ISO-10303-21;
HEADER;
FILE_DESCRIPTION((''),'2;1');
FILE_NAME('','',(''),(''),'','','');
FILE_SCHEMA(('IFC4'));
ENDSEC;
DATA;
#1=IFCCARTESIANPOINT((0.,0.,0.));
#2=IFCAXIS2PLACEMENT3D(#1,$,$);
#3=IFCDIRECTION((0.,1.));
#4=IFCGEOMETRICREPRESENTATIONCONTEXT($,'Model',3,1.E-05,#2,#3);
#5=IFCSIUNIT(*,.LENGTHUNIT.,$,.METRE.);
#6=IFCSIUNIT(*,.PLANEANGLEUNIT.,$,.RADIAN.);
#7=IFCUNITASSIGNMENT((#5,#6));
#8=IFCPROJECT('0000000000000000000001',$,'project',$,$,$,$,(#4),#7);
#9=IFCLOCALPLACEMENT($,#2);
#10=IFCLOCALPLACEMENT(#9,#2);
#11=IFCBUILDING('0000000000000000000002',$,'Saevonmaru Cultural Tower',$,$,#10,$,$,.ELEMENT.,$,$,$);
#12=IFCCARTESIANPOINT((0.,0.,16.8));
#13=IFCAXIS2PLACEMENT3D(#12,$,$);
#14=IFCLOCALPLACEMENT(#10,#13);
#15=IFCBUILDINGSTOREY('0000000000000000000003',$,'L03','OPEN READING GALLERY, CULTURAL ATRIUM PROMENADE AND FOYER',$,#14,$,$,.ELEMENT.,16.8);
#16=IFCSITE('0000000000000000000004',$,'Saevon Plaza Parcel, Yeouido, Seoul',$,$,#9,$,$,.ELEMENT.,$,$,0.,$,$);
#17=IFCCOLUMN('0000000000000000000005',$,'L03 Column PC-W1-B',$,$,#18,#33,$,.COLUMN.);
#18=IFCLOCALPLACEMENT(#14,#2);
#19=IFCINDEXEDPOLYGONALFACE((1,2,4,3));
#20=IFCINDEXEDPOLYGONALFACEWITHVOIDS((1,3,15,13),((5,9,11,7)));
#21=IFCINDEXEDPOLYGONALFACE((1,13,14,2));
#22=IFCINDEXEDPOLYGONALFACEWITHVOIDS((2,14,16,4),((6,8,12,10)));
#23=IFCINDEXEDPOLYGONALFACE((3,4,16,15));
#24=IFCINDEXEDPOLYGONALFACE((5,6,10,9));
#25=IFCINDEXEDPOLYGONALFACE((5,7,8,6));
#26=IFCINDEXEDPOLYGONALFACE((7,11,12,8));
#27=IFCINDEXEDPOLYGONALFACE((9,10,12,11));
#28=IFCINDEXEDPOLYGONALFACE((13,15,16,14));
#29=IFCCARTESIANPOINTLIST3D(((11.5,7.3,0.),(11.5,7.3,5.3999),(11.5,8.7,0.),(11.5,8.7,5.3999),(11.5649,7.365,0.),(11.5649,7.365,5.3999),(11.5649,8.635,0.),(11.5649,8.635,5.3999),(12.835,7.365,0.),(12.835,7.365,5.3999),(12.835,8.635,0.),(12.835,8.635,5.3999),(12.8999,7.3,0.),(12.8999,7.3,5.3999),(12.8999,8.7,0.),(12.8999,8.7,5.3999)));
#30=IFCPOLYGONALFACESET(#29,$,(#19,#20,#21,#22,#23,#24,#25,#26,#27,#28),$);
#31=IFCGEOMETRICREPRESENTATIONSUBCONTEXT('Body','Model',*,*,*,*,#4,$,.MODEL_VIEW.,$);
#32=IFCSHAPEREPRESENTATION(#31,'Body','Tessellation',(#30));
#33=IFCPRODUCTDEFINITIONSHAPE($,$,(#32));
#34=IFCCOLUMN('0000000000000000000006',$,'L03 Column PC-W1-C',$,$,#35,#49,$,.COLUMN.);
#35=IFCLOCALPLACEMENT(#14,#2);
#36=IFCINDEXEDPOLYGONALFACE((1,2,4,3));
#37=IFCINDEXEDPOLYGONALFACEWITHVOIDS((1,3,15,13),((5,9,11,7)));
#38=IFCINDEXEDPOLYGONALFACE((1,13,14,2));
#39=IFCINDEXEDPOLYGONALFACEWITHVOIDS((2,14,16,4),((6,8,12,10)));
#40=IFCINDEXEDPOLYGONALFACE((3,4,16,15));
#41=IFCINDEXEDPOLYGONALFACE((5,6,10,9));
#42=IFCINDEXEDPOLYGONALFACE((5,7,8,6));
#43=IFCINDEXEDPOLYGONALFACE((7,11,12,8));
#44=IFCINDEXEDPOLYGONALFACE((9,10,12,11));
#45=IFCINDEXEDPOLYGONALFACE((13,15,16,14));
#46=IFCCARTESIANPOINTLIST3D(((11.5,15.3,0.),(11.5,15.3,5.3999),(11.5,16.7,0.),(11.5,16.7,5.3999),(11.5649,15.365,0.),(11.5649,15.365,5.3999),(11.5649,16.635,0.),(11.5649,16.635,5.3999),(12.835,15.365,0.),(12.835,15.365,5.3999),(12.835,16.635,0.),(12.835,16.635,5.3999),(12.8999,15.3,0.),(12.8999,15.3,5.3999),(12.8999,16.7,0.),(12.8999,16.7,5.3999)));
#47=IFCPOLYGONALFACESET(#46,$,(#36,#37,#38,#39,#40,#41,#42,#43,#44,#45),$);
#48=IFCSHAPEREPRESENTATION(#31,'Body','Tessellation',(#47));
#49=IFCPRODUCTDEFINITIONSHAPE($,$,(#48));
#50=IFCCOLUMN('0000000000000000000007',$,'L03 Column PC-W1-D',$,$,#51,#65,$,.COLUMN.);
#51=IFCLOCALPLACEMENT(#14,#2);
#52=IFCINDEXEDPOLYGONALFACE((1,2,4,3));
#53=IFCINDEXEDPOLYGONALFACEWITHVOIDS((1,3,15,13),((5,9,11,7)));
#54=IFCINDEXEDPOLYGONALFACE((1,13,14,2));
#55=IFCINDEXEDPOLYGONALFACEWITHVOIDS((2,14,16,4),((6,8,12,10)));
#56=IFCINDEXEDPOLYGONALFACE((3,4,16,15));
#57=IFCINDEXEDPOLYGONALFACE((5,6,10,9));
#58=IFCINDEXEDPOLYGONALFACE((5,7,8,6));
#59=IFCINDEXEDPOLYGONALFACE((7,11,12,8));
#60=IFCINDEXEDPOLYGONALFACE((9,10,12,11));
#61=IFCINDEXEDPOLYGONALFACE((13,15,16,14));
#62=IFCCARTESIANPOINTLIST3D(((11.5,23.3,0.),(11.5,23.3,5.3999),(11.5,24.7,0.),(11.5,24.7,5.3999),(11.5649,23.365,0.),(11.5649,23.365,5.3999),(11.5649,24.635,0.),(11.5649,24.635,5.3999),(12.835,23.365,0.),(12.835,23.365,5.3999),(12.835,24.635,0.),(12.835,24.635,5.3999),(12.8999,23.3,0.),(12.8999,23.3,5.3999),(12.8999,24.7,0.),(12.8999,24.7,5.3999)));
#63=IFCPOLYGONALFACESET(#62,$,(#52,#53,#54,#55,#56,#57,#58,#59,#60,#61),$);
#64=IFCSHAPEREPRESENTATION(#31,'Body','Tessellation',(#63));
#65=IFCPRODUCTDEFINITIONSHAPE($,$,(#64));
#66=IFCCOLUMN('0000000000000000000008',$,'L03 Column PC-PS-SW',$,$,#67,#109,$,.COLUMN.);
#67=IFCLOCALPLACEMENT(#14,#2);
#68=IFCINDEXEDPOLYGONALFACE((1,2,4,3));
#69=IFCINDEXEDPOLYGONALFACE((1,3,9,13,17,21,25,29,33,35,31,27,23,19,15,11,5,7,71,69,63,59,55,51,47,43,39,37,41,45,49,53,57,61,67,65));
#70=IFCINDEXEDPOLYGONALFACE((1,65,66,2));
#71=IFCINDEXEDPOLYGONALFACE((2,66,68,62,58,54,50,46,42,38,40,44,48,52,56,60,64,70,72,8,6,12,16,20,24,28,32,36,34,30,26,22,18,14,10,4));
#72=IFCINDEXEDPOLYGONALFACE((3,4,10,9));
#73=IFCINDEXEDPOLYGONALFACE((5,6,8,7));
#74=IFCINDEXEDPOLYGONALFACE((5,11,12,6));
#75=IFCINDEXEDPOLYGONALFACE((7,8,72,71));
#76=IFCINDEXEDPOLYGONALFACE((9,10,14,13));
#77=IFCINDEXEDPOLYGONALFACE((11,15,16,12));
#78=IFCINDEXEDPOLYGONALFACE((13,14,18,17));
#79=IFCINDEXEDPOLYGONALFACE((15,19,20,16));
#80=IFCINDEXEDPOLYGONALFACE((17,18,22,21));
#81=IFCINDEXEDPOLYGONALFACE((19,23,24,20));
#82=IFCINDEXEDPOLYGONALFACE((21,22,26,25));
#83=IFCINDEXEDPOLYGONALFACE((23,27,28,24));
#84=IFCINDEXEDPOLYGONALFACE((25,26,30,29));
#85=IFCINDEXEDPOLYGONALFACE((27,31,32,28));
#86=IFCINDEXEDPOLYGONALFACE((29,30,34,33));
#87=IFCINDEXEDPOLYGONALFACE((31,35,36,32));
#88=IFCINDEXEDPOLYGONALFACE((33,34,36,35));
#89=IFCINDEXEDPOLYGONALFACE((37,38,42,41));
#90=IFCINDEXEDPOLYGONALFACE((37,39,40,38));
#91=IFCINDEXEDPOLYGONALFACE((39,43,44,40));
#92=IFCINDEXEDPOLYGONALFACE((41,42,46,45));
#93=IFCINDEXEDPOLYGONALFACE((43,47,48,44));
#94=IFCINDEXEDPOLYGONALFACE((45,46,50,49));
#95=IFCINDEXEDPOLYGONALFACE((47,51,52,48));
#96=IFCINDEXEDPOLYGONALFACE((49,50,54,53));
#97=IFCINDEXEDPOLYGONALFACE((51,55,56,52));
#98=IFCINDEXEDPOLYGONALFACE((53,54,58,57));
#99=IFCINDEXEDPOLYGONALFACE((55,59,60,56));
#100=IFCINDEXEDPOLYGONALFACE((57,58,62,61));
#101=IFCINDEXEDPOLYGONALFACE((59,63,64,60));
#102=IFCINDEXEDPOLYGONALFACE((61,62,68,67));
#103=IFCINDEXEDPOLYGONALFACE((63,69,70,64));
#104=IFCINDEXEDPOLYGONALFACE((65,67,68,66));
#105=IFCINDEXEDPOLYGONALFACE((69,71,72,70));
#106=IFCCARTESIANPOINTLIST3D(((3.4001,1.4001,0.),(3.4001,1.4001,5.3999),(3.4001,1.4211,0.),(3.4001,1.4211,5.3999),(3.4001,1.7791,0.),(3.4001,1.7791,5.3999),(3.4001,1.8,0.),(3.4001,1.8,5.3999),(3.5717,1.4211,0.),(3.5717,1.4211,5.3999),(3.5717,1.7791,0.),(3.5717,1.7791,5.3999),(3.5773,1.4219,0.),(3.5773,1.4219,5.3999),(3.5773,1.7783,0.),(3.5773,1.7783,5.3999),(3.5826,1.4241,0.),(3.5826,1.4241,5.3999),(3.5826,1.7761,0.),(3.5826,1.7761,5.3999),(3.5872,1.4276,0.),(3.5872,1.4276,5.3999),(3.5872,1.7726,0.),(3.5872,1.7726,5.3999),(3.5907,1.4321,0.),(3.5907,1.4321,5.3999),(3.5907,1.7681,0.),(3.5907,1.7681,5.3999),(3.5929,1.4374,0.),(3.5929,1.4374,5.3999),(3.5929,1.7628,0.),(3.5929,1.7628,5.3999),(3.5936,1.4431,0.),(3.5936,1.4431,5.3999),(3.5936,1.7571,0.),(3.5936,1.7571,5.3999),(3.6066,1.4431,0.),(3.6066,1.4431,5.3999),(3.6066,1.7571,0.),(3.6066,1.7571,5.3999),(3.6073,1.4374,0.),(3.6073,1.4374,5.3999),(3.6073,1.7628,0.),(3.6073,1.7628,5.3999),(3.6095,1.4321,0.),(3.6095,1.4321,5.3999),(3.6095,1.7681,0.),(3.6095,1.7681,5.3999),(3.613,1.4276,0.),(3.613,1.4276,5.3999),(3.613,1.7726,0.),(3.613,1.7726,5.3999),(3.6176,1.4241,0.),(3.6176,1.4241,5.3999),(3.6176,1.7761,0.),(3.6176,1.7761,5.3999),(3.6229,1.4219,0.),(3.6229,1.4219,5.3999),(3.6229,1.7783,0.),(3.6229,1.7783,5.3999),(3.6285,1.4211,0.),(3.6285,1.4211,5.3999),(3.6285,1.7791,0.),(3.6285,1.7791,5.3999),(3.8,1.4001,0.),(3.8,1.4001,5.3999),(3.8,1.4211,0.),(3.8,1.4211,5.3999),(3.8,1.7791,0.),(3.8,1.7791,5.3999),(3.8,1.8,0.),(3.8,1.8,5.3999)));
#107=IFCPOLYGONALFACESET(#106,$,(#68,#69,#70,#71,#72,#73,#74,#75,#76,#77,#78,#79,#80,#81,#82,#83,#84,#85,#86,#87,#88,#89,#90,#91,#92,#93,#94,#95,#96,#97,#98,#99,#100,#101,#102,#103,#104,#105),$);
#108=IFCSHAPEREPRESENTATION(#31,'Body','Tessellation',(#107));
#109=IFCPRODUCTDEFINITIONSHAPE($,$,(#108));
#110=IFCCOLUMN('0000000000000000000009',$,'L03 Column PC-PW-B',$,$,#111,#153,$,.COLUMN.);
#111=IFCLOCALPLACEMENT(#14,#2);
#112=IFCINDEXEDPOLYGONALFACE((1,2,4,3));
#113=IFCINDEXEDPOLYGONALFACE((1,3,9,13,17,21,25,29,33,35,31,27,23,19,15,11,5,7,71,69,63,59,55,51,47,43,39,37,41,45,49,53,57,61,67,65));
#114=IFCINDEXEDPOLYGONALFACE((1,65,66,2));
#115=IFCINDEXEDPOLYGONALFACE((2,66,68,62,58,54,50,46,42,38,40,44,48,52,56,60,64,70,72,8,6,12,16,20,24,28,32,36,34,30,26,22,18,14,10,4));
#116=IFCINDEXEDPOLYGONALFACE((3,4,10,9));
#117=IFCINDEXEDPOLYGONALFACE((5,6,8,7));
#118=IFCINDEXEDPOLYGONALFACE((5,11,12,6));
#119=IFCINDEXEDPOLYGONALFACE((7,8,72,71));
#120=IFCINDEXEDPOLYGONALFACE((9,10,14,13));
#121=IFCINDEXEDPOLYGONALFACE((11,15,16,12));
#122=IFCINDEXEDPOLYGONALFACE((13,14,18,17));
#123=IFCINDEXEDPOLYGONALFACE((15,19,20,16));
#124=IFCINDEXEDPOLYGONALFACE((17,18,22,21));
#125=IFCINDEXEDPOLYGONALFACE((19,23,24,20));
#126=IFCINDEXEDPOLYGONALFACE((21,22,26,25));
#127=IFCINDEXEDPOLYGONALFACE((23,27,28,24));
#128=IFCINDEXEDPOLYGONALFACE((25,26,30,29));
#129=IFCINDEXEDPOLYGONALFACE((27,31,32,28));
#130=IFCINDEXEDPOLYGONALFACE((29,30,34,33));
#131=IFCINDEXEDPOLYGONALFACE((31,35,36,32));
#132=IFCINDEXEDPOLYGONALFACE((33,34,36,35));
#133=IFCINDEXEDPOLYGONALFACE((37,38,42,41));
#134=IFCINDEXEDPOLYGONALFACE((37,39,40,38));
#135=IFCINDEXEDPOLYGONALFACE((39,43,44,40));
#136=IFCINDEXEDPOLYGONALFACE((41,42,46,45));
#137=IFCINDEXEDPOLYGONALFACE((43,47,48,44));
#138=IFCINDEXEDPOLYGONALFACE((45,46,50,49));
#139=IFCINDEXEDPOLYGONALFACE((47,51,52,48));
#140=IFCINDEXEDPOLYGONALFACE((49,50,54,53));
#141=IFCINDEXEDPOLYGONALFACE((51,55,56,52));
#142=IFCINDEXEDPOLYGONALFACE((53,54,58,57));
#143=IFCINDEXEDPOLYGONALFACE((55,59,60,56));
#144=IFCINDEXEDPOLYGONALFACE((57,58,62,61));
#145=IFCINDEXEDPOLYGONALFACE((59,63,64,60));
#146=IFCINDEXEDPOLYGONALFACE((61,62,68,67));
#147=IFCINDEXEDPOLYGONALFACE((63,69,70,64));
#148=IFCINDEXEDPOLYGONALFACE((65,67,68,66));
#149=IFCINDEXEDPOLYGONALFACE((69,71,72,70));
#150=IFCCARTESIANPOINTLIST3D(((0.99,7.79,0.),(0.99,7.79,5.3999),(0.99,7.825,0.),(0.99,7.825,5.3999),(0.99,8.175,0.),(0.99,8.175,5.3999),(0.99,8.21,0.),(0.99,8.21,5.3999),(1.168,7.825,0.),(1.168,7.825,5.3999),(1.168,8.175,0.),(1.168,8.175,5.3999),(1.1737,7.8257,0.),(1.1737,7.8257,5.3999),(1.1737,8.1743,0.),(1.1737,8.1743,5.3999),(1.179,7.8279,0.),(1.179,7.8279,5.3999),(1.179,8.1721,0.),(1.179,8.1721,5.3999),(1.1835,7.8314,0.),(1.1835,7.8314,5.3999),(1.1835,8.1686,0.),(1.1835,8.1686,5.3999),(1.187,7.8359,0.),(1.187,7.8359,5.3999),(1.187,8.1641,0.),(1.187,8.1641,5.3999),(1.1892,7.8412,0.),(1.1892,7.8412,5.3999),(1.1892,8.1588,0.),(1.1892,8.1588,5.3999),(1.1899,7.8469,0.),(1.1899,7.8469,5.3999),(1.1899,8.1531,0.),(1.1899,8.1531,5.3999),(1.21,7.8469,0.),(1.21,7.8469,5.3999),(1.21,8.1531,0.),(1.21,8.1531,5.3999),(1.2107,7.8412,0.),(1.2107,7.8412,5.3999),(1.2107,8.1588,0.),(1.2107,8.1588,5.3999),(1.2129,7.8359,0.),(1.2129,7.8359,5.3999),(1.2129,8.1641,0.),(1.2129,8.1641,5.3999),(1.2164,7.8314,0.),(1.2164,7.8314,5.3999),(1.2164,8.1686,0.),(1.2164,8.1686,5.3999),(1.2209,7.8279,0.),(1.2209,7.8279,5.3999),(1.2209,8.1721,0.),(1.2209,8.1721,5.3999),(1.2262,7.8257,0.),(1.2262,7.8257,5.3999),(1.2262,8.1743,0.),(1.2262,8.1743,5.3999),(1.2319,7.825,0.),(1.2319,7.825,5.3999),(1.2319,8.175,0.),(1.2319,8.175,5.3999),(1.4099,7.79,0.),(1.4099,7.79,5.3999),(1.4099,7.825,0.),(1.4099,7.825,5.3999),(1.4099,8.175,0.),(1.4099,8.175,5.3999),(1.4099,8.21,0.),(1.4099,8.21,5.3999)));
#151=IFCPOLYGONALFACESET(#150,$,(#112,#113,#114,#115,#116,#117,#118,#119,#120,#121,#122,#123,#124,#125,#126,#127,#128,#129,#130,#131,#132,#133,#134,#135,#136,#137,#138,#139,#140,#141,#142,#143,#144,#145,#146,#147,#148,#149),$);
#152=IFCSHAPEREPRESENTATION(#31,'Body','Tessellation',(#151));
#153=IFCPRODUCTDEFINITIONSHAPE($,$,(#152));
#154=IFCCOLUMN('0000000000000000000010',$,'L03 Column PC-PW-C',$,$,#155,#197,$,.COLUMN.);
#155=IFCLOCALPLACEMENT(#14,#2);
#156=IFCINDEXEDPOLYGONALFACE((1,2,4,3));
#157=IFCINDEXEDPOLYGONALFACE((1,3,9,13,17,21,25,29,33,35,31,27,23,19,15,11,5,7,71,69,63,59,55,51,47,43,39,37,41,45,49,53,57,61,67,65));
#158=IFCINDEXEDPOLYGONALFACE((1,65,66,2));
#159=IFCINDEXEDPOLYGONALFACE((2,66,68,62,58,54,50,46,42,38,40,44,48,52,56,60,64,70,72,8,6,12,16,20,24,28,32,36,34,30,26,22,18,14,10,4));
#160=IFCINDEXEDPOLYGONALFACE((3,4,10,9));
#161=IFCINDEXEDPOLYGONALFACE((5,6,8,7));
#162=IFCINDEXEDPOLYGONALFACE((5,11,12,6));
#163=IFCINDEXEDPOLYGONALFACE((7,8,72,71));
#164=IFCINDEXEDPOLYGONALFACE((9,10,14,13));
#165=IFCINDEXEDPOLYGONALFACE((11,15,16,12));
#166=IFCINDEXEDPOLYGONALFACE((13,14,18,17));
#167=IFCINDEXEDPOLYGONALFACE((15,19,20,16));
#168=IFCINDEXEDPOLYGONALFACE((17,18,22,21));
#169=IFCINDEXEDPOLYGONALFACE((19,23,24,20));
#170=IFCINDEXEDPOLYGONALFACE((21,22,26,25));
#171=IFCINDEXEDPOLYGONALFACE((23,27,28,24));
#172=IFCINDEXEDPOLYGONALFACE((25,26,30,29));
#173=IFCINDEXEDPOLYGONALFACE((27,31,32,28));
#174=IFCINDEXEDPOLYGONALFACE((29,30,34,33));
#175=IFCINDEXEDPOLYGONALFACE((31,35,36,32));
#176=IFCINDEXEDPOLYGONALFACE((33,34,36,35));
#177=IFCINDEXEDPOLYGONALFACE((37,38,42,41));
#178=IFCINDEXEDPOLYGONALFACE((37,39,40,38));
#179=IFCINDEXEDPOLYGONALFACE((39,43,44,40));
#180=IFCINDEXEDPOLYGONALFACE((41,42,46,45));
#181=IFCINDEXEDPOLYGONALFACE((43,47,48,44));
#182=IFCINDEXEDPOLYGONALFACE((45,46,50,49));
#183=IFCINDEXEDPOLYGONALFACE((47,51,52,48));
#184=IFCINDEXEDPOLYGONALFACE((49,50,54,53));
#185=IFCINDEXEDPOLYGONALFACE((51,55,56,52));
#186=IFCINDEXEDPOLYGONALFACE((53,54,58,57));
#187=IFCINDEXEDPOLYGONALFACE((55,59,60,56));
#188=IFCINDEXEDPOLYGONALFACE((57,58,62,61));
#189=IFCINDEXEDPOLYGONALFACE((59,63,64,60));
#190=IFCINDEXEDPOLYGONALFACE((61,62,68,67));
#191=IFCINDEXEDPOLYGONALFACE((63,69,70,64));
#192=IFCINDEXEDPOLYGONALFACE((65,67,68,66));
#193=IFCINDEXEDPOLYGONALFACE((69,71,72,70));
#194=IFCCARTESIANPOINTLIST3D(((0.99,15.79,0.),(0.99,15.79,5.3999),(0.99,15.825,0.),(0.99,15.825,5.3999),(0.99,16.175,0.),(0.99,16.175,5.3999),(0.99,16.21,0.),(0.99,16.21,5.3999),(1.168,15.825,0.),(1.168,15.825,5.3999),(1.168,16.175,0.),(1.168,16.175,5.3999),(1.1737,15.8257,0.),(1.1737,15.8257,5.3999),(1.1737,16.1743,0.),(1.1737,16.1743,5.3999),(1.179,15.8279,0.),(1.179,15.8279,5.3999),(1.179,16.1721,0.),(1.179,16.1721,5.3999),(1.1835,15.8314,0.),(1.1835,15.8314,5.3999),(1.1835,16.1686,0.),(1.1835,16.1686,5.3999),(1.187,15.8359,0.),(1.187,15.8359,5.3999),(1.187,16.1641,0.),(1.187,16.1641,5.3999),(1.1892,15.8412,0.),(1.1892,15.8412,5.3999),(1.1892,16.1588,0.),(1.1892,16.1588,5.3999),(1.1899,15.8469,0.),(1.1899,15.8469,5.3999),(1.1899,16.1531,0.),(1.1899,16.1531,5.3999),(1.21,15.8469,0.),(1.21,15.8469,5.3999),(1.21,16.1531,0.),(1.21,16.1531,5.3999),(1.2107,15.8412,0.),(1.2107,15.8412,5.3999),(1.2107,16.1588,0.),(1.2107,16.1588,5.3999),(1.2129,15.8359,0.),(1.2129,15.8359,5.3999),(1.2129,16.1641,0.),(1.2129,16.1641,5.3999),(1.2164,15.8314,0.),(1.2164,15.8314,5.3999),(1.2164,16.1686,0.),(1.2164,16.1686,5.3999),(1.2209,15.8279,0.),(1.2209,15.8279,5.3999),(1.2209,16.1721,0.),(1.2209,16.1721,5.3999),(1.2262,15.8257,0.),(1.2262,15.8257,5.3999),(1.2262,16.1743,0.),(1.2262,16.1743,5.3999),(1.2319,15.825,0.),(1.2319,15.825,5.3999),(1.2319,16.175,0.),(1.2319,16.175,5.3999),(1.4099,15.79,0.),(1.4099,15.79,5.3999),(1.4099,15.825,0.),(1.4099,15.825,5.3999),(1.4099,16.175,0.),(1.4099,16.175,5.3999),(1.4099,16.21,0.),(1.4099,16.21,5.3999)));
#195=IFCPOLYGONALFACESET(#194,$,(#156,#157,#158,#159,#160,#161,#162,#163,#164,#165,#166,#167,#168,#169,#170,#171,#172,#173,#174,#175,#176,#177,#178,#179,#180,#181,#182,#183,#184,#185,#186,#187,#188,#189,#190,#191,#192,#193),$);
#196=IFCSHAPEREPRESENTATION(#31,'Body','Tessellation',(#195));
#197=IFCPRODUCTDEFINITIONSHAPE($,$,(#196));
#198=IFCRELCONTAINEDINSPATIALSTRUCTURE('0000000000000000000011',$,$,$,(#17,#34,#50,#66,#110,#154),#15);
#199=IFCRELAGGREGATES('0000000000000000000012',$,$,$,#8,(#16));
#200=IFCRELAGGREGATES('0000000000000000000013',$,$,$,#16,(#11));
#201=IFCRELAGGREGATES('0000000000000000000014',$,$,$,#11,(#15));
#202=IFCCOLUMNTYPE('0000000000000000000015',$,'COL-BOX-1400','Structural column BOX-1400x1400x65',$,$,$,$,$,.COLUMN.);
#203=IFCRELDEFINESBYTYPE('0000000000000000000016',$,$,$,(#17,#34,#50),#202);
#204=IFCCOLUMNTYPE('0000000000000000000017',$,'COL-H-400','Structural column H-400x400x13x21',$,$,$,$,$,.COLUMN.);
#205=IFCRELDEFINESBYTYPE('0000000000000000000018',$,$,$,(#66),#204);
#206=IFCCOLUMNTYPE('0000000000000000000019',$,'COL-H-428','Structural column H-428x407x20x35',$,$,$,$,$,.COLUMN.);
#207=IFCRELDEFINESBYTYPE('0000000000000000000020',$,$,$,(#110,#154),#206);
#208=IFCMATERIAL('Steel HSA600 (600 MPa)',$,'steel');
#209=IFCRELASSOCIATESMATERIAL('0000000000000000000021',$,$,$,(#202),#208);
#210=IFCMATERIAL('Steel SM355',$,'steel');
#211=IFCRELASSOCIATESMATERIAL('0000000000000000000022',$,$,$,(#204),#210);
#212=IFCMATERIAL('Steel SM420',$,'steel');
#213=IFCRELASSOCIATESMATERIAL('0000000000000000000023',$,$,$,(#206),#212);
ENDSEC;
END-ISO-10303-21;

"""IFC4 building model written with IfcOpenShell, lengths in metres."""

from ifc_helpers import new_model, si_unit, direction, frame, origin, origin_2d, place, context, subcontext, project, spatial, hollow_rectangle, i_section, extrude, material, material_profile, profile_set, type_object, element, save


model = new_model("IFC4")

# Units and contexts
model_context = context("Model", 3, precision=1e-05, world=origin(), true_north=direction((0.0, 1.0)))
body_context = subcontext(model_context, "Body", "Model", "MODEL_VIEW")
ifc_project = project(units=[si_unit("LENGTHUNIT", "METRE"), si_unit("PLANEANGLEUNIT", "RADIAN")], contexts=[model_context])

# Site, building, storey
site_placement = place(None, origin())
site = spatial("IfcSite", under=ifc_project, at=site_placement, Name="Saevon Plaza Parcel, Yeouido, Seoul", CompositionType="ELEMENT", RefElevation=0.0)
building_placement = place(site_placement, origin())
building = spatial("IfcBuilding", under=site, at=building_placement, Name="Saevonmaru Cultural Tower", CompositionType="ELEMENT")
storey_placement = place(building_placement, frame((0.0, 0.0, 16.8)))
storey = spatial("IfcBuildingStorey", under=building, at=storey_placement, Name="L03", Description="OPEN READING GALLERY, CULTURAL ATRIUM PROMENADE AND FOYER", CompositionType="ELEMENT", Elevation=16.8)

# Columns
ifc_material_1 = material(Name="Steel HSA600 (600 MPa)", Category="steel")
ifc_material_profile_1 = material_profile(ifc_material_1, hollow_rectangle(XDim=1.3999, YDim=1.3999, WallThickness=0.0649, at=origin_2d()), Name="BOX-1400x1400x65")
ifc_profile_set_1 = profile_set([ifc_material_profile_1], Name="Steel HSA600 (600 MPa)")
column_type_1 = type_object("IfcColumnType", Name="COL-BOX-1400", Description="Structural column BOX-1400x1400x65", PredefinedType="COLUMN", material=ifc_profile_set_1)
for number, where, z_axis, x_axis, name in (
    (1, (12.2, 8.0, 0.0), (0.0, 0.0, 1.0), (1.0, 0.0, 0.0), "L03 Column PC-W1-B"),
    (2, (12.2, 16.0, 0.0), (0.0, 0.0, 1.0), (1.0, 0.0, 0.0), "L03 Column PC-W1-C"),
    (3, (12.2, 24.0, 0.0), (0.0, 0.0, 1.0), (1.0, 0.0, 0.0), "L03 Column PC-W1-D"),
):
    element("IfcColumn", number, at=place(storey_placement, frame(where, z_axis=z_axis, x_axis=x_axis)), inside=storey, type_object=column_type_1, Name=name, PredefinedType="COLUMN", context=body_context, shape_type="SweptSolid", body=[
        extrude(hollow_rectangle(XDim=1.3999, YDim=1.3999, WallThickness=0.0649, at=origin_2d()), origin(), (0.0, 0.0, 1.0), 5.3999),
    ])
ifc_material_2 = material(Name="Steel SM355", Category="steel")
ifc_material_profile_2 = material_profile(ifc_material_2, i_section(OverallWidth=0.3999, OverallDepth=0.3999, WebThickness=0.0129, FlangeThickness=0.021, FilletRadius=0.022, at=origin_2d()), Name="H-400x400x13x21")
ifc_profile_set_2 = profile_set([ifc_material_profile_2], Name="Steel SM355")
column_type_2 = type_object("IfcColumnType", Name="COL-H-400", Description="Structural column H-400x400x13x21", PredefinedType="COLUMN", material=ifc_profile_set_2)
column_placement = place(storey_placement, frame((3.6001, 1.6001, 0.0), z_axis=(0.0, 0.0, 1.0), x_axis=(1.0, 0.0, 0.0)))
element("IfcColumn", 4, at=column_placement, inside=storey, type_object=column_type_2, Name="L03 Column PC-PS-SW", PredefinedType="COLUMN", context=body_context, shape_type="SweptSolid", body=[
    extrude(i_section(OverallWidth=0.3999, OverallDepth=0.3999, WebThickness=0.0129, FlangeThickness=0.021, FilletRadius=0.022, at=origin_2d()), origin(), (0.0, 0.0, 1.0), 5.3999),
])
ifc_material_3 = material(Name="Steel SM420", Category="steel")
ifc_material_profile_3 = material_profile(ifc_material_3, i_section(OverallWidth=0.4199, OverallDepth=0.4199, WebThickness=0.02, FlangeThickness=0.0349, FilletRadius=0.022, at=origin_2d()), Name="H-428x407x20x35")
ifc_profile_set_3 = profile_set([ifc_material_profile_3], Name="Steel SM420")
column_type_3 = type_object("IfcColumnType", Name="COL-H-428", Description="Structural column H-428x407x20x35", PredefinedType="COLUMN", material=ifc_profile_set_3)
for number, where, z_axis, x_axis, name in (
    (5, (1.2, 8.0, 0.0), (0.0, 0.0, 1.0), (1.0, 0.0, 0.0), "L03 Column PC-PW-B"),
    (6, (1.2, 16.0, 0.0), (0.0, 0.0, 1.0), (1.0, 0.0, 0.0), "L03 Column PC-PW-C"),
):
    element("IfcColumn", number, at=place(storey_placement, frame(where, z_axis=z_axis, x_axis=x_axis)), inside=storey, type_object=column_type_3, Name=name, PredefinedType="COLUMN", context=body_context, shape_type="SweptSolid", body=[
        extrude(i_section(OverallWidth=0.4199, OverallDepth=0.4199, WebThickness=0.02, FlangeThickness=0.0349, FilletRadius=0.022, at=origin_2d()), origin(), (0.0, 0.0, 1.0), 5.3999),
    ])

save(model, "model.ifc")
